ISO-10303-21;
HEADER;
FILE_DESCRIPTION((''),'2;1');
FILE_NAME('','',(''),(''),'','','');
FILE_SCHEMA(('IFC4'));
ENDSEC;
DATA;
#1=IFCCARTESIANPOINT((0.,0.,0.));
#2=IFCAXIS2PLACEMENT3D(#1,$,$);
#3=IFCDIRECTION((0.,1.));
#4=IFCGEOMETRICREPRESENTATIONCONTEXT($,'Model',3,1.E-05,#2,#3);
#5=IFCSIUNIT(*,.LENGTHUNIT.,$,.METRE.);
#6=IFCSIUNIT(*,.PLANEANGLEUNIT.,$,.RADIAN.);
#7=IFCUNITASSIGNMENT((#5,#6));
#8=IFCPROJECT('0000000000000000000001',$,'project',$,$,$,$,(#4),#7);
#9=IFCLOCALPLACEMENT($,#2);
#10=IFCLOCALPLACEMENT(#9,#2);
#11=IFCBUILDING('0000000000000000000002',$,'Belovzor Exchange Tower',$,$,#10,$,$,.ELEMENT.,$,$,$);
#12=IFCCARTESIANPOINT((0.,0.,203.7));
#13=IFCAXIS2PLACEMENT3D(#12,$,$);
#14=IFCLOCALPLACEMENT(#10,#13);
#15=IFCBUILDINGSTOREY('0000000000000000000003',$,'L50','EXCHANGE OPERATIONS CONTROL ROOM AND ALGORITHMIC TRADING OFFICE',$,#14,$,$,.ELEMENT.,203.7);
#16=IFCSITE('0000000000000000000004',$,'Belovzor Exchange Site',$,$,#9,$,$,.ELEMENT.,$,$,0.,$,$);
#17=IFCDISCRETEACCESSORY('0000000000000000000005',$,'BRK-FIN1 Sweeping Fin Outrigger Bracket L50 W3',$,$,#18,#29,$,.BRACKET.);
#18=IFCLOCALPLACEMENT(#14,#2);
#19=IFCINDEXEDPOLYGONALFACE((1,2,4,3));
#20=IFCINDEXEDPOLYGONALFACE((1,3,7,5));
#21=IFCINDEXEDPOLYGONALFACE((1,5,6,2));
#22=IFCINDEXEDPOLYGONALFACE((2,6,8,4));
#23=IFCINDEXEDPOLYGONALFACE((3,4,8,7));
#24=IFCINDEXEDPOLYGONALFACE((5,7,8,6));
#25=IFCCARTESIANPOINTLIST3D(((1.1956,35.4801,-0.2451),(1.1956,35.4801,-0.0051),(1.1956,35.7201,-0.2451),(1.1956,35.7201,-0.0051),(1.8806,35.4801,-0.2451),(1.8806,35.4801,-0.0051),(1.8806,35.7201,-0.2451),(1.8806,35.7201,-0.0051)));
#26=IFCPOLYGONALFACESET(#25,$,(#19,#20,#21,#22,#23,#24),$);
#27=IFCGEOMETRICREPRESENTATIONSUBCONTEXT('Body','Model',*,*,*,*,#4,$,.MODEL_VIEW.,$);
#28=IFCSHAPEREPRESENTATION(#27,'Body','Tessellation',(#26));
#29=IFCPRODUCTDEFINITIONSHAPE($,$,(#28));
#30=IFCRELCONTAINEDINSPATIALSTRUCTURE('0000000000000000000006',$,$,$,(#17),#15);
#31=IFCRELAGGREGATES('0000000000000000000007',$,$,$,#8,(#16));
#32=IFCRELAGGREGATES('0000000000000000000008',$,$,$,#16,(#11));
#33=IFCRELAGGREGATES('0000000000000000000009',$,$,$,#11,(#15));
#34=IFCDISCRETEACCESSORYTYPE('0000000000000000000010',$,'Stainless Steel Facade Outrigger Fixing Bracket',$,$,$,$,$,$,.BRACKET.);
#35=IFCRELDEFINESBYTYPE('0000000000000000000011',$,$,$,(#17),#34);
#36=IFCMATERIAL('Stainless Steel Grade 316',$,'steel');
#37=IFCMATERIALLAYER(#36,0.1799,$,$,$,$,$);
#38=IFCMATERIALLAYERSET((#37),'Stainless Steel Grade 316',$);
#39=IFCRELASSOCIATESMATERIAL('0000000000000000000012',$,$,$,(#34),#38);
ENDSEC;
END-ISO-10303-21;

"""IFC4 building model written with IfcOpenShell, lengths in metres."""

from ifc_helpers import new_model, si_unit, direction, frame, origin, origin_2d, place, context, subcontext, project, spatial, rectangle, extrude, material, layer, layer_set, type_object, element, save


model = new_model("IFC4")

# Units and contexts
model_context = context("Model", 3, precision=1e-05, world=origin(), true_north=direction((0.0, 1.0)))
body_context = subcontext(model_context, "Body", "Model", "MODEL_VIEW")
ifc_project = project(units=[si_unit("LENGTHUNIT", "METRE"), si_unit("PLANEANGLEUNIT", "RADIAN")], contexts=[model_context])

# Site, building, storey
site_placement = place(None, origin())
site = spatial("IfcSite", under=ifc_project, at=site_placement, Name="Belovzor Exchange Site", CompositionType="ELEMENT", RefElevation=0.0)
building_placement = place(site_placement, origin())
building = spatial("IfcBuilding", under=site, at=building_placement, Name="Belovzor Exchange Tower", CompositionType="ELEMENT")
storey_placement = place(building_placement, frame((0.0, 0.0, 203.7)))
storey = spatial("IfcBuildingStorey", under=building, at=storey_placement, Name="L50", Description="EXCHANGE OPERATIONS CONTROL ROOM AND ALGORITHMIC TRADING OFFICE", CompositionType="ELEMENT", Elevation=203.7)

# Discrete accessory
ifc_material_1 = material(Name="Stainless Steel Grade 316", Category="steel")
ifc_layer_1 = layer(ifc_material_1, 0.1799)
ifc_layer_set_1 = layer_set([ifc_layer_1], Name="Stainless Steel Grade 316")
discrete_accessory_type = type_object("IfcDiscreteAccessoryType", Name="Stainless Steel Facade Outrigger Fixing Bracket", PredefinedType="BRACKET", material=ifc_layer_set_1)
discrete_accessory_placement = place(storey_placement, frame((1.5381, 35.6001, -0.2451), z_axis=(0.0, 0.0, 1.0), x_axis=(1.0, 0.0, 0.0)))
element("IfcDiscreteAccessory", 1, at=discrete_accessory_placement, inside=storey, type_object=discrete_accessory_type, Name="BRK-FIN1 Sweeping Fin Outrigger Bracket L50 W3", PredefinedType="BRACKET", context=body_context, shape_type="SweptSolid", body=[
    extrude(rectangle(XDim=0.6851, YDim=0.24, at=origin_2d()), origin(), (0.0, 0.0, 1.0), 0.24),
])

save(model, "model.ifc")
